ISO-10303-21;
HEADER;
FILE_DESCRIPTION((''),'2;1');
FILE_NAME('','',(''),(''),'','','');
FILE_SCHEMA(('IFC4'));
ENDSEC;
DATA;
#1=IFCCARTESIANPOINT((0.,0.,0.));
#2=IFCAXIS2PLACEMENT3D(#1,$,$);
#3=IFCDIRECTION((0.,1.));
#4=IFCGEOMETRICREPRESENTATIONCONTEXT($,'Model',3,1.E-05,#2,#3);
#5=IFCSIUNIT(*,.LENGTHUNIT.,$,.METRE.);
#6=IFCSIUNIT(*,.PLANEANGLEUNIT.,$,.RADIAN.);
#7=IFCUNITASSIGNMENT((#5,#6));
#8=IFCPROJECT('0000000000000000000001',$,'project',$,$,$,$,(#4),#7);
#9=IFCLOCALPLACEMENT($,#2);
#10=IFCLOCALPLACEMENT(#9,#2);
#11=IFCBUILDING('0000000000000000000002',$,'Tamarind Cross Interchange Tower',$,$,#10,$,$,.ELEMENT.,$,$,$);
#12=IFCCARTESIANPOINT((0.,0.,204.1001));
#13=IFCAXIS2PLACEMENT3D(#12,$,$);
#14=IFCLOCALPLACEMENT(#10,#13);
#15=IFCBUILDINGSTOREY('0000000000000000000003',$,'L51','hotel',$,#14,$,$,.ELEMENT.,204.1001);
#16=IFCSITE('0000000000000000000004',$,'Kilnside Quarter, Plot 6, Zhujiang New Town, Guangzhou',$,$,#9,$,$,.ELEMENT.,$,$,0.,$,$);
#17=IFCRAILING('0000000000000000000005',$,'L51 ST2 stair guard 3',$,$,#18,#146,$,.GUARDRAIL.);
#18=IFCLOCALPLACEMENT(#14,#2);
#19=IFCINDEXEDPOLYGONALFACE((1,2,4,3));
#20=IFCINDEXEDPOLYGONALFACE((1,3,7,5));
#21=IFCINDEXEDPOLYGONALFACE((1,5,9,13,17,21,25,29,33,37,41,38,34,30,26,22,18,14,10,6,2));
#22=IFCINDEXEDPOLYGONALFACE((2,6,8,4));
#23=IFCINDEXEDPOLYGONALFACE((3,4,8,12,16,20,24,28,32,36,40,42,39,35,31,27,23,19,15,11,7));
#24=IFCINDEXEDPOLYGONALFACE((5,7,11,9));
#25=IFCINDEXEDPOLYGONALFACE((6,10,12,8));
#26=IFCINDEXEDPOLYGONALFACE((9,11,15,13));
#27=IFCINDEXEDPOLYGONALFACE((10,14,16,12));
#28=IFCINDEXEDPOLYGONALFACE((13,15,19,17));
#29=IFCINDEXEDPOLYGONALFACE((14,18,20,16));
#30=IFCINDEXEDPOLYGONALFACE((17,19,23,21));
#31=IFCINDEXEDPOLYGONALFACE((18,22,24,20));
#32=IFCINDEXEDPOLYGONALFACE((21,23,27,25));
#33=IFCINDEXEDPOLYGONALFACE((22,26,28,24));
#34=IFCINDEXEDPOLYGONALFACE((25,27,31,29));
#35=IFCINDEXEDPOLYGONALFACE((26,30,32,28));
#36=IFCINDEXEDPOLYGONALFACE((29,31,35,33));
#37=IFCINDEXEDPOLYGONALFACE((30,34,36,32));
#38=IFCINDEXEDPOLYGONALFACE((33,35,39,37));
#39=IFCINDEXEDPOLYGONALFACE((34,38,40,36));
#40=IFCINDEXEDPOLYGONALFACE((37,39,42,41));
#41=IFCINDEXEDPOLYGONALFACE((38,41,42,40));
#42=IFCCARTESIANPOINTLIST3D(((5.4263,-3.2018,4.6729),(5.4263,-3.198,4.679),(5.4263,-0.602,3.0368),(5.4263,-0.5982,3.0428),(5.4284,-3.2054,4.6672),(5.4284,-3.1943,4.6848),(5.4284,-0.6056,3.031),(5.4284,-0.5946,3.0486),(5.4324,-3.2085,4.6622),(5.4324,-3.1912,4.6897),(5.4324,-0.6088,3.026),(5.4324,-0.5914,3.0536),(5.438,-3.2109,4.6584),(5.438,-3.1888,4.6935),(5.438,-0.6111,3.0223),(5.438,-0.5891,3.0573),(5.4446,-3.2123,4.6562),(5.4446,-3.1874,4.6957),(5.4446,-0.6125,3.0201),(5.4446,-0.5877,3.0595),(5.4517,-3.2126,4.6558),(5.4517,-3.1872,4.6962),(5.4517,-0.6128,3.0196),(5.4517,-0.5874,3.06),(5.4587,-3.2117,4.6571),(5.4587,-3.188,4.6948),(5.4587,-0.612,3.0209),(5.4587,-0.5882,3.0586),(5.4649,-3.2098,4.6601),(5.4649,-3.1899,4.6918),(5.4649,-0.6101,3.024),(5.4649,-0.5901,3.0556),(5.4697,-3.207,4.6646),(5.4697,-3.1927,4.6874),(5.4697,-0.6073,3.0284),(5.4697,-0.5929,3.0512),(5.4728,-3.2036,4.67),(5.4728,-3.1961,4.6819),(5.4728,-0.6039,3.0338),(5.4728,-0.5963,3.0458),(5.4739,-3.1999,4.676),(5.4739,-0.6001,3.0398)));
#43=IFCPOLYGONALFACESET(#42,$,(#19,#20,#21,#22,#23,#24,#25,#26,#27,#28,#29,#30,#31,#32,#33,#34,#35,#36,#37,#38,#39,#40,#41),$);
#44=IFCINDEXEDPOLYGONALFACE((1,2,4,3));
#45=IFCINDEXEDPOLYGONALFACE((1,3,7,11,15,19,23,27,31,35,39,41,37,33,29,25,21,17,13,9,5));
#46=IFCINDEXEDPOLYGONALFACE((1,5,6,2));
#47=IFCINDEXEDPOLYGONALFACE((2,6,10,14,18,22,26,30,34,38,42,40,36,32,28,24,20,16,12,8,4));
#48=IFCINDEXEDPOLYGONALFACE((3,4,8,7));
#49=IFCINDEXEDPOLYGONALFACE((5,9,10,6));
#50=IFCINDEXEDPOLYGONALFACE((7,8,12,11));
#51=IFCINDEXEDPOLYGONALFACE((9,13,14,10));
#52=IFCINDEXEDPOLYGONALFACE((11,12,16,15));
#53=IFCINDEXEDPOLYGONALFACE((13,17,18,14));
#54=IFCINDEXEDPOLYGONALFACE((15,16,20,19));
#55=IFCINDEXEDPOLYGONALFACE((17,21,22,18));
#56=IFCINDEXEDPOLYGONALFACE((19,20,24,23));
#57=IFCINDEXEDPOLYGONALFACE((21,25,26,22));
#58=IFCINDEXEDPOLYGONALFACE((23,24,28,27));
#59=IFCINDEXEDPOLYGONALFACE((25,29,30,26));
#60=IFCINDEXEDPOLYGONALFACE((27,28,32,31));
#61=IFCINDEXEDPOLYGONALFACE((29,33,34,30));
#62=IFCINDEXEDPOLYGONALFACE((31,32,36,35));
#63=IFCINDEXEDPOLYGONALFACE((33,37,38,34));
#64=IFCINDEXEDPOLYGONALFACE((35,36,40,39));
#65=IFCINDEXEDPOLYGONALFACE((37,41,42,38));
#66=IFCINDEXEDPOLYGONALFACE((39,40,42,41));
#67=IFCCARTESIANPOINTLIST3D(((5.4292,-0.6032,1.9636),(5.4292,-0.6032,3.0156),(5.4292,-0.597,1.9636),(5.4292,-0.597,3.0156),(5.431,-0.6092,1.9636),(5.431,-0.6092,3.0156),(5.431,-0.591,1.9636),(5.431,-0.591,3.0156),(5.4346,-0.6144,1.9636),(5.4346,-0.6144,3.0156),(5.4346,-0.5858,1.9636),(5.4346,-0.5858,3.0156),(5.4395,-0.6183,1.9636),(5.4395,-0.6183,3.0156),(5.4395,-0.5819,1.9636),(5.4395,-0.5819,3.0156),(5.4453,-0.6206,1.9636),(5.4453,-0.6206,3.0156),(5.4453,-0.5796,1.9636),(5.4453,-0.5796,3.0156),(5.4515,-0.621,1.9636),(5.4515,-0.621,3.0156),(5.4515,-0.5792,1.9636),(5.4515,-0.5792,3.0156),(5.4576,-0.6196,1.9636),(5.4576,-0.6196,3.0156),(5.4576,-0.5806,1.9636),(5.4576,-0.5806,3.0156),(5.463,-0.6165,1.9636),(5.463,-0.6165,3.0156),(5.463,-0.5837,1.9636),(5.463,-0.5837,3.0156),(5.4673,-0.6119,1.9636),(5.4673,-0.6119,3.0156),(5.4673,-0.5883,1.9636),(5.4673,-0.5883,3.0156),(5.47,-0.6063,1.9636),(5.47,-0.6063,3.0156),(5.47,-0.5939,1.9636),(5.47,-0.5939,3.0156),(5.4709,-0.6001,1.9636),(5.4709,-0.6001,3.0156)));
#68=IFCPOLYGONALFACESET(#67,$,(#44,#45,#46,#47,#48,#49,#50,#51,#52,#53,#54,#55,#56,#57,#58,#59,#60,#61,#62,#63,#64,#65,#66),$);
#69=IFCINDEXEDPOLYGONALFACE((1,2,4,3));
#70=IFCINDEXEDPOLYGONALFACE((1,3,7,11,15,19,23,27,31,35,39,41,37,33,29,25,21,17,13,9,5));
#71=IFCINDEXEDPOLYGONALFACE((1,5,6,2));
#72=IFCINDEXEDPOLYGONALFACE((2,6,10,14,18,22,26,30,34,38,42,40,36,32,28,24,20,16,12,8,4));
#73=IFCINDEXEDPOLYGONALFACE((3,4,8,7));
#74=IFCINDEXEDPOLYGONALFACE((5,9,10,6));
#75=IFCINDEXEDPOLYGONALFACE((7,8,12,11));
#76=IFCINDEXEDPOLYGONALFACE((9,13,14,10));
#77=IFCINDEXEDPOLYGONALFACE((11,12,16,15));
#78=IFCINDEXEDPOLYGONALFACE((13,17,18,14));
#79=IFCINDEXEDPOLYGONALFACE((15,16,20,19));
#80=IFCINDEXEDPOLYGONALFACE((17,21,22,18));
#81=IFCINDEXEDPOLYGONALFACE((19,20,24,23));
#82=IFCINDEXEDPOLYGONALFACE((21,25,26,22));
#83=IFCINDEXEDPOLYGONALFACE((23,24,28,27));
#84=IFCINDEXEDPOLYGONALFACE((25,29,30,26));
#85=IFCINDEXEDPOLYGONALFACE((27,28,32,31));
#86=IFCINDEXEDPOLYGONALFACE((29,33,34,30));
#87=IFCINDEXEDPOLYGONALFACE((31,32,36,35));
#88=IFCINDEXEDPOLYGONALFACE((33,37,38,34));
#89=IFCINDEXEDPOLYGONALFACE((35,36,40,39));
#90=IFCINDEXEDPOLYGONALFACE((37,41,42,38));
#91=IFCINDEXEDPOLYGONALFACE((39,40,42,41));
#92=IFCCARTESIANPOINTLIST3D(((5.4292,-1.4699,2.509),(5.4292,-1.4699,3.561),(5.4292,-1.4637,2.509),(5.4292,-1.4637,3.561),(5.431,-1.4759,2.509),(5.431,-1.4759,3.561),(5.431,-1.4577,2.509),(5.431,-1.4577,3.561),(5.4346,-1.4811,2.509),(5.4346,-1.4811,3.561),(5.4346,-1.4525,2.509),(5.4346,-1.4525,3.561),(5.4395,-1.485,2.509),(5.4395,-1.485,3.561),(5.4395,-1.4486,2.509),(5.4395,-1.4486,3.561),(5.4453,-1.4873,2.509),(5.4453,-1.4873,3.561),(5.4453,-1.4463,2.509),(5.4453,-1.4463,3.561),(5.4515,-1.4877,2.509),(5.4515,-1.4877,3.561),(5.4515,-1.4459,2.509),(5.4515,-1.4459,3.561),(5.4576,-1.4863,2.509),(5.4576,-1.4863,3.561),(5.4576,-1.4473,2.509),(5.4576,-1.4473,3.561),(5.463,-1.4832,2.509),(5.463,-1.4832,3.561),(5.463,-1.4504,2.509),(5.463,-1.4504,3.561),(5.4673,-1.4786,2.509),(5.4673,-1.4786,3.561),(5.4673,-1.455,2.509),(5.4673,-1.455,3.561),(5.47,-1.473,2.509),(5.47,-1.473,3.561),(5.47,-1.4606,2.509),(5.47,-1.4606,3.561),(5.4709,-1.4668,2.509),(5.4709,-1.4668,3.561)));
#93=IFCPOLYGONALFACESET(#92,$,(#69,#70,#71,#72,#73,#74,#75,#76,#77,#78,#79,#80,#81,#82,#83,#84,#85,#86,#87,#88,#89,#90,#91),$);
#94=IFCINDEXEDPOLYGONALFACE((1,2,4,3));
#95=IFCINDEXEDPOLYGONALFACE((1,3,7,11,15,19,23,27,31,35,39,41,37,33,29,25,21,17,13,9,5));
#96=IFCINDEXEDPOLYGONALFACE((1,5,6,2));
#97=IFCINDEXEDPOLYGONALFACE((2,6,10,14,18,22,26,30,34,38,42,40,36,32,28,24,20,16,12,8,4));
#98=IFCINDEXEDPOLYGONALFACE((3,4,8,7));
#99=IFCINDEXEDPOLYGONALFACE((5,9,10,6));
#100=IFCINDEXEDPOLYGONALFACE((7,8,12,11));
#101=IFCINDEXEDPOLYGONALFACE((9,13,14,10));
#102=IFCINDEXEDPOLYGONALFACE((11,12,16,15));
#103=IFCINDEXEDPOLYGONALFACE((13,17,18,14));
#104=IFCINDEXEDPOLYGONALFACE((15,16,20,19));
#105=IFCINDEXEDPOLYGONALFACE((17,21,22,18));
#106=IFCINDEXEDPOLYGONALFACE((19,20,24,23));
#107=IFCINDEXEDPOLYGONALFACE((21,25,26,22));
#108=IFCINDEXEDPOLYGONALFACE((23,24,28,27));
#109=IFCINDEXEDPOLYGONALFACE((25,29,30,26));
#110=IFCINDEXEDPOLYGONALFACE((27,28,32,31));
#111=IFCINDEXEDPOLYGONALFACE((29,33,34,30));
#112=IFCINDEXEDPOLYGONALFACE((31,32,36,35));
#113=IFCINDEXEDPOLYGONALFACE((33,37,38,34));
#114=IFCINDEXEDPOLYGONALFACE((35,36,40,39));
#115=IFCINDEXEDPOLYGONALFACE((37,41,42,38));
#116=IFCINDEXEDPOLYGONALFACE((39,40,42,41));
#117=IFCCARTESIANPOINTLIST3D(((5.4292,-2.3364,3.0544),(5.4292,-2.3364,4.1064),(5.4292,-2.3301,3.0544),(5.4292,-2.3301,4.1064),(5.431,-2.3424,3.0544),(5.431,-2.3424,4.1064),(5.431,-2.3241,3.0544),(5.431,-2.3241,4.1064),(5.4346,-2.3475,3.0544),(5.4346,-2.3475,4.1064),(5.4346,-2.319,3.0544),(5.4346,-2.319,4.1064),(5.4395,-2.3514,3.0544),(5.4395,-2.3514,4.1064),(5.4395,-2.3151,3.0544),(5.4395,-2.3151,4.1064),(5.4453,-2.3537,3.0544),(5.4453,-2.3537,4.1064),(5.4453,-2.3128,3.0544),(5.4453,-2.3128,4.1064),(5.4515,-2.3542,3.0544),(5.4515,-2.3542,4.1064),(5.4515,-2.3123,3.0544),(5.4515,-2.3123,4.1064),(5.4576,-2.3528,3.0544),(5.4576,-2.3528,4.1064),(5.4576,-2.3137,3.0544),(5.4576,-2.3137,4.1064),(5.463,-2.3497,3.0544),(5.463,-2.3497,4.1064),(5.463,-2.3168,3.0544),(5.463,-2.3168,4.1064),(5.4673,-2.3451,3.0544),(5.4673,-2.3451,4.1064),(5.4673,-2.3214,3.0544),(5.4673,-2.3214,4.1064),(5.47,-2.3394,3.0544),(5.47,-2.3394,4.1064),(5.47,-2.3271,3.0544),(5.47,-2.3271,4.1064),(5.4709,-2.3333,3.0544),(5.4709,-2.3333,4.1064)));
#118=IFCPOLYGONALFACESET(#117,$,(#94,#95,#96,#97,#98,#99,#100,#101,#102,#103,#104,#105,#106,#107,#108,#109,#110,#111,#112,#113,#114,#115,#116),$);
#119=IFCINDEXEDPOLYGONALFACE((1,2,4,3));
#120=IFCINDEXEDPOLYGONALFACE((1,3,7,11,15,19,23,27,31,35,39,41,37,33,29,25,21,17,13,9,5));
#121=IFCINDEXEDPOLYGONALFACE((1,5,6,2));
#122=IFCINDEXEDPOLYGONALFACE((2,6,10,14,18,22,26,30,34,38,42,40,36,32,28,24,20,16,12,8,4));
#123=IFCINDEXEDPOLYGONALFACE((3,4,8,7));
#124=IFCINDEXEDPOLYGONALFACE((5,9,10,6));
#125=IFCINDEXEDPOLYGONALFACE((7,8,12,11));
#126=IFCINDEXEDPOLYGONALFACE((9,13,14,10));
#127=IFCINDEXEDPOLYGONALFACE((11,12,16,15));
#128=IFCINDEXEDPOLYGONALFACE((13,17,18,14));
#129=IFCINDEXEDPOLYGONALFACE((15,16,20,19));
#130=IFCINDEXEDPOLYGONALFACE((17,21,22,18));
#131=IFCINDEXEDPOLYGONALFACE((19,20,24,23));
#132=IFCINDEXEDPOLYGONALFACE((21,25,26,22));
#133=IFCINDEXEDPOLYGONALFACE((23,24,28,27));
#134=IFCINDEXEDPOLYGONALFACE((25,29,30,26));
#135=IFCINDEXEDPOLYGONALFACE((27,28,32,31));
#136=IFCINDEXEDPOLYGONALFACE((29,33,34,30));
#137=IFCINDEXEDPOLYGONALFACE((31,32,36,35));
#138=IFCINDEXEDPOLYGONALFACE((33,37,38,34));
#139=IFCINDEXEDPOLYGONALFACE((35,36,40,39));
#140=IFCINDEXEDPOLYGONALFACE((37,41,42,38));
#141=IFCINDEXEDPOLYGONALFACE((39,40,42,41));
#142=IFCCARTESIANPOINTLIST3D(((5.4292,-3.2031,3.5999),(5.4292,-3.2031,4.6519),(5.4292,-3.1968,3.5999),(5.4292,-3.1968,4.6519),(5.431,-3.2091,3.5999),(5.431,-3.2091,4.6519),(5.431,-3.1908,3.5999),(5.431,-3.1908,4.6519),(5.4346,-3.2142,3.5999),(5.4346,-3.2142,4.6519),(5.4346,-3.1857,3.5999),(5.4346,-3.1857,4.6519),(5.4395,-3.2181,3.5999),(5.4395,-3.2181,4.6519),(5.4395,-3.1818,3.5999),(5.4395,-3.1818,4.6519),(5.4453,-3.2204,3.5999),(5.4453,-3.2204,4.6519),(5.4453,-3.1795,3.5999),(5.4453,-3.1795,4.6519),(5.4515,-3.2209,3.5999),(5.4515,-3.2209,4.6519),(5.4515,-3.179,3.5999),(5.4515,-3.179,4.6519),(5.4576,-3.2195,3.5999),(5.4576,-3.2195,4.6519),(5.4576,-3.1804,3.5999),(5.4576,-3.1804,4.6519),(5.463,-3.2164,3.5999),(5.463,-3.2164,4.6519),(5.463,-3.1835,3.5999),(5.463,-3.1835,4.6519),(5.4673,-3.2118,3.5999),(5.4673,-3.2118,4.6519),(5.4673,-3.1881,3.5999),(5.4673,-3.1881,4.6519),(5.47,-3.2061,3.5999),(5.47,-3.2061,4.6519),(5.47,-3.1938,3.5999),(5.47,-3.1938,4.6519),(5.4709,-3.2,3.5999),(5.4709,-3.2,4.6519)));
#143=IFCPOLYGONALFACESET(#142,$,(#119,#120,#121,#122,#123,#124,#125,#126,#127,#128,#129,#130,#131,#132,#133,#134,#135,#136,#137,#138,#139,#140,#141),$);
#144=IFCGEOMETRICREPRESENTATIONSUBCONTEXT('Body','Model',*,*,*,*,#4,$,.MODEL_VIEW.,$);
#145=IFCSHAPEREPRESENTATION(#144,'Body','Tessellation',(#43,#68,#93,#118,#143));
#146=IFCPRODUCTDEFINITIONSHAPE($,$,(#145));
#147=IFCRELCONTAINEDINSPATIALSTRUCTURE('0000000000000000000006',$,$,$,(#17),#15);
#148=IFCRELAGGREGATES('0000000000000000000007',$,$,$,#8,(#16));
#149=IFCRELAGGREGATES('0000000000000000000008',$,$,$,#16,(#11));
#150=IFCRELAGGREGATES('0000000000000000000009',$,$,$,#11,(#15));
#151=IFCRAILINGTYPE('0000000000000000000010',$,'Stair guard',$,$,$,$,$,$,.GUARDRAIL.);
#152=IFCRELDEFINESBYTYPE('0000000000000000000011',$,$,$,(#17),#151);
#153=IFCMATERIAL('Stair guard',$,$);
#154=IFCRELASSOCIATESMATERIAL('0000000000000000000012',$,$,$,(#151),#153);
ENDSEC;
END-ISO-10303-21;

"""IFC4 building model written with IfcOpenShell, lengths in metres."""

from ifc_helpers import new_model, si_unit, direction, frame, origin, origin_2d, place, context, subcontext, project, spatial, circle, extrude, material, type_object, element, save


model = new_model("IFC4")

# Units and contexts
model_context = context("Model", 3, precision=1e-05, world=origin(), true_north=direction((0.0, 1.0)))
body_context = subcontext(model_context, "Body", "Model", "MODEL_VIEW")
ifc_project = project(units=[si_unit("LENGTHUNIT", "METRE"), si_unit("PLANEANGLEUNIT", "RADIAN")], contexts=[model_context])

# Site, building, storey
site_placement = place(None, origin())
site = spatial("IfcSite", under=ifc_project, at=site_placement, Name="Kilnside Quarter, Plot 6, Zhujiang New Town, Guangzhou", CompositionType="ELEMENT", RefElevation=0.0)
building_placement = place(site_placement, origin())
building = spatial("IfcBuilding", under=site, at=building_placement, Name="Tamarind Cross Interchange Tower", CompositionType="ELEMENT")
storey_placement = place(building_placement, frame((0.0, 0.0, 204.1001)))
storey = spatial("IfcBuildingStorey", under=building, at=storey_placement, Name="L51", Description="hotel", CompositionType="ELEMENT", Elevation=204.1001)

# Railing
ifc_material_1 = material(Name="Stair guard")
railing_type_1 = type_object("IfcRailingType", Name="Stair guard", PredefinedType="GUARDRAIL", material=ifc_material_1)
railing_1_placement = place(storey_placement, frame((5.45, -0.6001, 1.9636)))
element("IfcRailing", 1, at=railing_1_placement, inside=storey, type_object=railing_type_1, Name="L51 ST2 stair guard 3", PredefinedType="GUARDRAIL", context=body_context, shape_type="SweptSolid", body=[
    extrude(circle(Radius=0.0239, at=origin_2d()), frame((0.0, 0.0, 1.0762), z_axis=(0.0, -0.846338, 0.532647), x_axis=(1.0, 0.0, 0.0)), (0.0, 0.0, 1.0), 3.0718),
    extrude(circle(Radius=0.021, at=origin_2d()), origin(), (0.0, 0.0, 1.0), 1.052),
    extrude(circle(Radius=0.021, at=origin_2d()), frame((0.0, -0.8667, 0.5454)), (0.0, 0.0, 1.0), 1.052),
    extrude(circle(Radius=0.021, at=origin_2d()), frame((0.0, -1.7332, 1.0908)), (0.0, 0.0, 1.0), 1.052),
    extrude(circle(Radius=0.021, at=origin_2d()), frame((0.0, -2.5999, 1.6362)), (0.0, 0.0, 1.0), 1.052),
])

save(model, "model.ifc")
